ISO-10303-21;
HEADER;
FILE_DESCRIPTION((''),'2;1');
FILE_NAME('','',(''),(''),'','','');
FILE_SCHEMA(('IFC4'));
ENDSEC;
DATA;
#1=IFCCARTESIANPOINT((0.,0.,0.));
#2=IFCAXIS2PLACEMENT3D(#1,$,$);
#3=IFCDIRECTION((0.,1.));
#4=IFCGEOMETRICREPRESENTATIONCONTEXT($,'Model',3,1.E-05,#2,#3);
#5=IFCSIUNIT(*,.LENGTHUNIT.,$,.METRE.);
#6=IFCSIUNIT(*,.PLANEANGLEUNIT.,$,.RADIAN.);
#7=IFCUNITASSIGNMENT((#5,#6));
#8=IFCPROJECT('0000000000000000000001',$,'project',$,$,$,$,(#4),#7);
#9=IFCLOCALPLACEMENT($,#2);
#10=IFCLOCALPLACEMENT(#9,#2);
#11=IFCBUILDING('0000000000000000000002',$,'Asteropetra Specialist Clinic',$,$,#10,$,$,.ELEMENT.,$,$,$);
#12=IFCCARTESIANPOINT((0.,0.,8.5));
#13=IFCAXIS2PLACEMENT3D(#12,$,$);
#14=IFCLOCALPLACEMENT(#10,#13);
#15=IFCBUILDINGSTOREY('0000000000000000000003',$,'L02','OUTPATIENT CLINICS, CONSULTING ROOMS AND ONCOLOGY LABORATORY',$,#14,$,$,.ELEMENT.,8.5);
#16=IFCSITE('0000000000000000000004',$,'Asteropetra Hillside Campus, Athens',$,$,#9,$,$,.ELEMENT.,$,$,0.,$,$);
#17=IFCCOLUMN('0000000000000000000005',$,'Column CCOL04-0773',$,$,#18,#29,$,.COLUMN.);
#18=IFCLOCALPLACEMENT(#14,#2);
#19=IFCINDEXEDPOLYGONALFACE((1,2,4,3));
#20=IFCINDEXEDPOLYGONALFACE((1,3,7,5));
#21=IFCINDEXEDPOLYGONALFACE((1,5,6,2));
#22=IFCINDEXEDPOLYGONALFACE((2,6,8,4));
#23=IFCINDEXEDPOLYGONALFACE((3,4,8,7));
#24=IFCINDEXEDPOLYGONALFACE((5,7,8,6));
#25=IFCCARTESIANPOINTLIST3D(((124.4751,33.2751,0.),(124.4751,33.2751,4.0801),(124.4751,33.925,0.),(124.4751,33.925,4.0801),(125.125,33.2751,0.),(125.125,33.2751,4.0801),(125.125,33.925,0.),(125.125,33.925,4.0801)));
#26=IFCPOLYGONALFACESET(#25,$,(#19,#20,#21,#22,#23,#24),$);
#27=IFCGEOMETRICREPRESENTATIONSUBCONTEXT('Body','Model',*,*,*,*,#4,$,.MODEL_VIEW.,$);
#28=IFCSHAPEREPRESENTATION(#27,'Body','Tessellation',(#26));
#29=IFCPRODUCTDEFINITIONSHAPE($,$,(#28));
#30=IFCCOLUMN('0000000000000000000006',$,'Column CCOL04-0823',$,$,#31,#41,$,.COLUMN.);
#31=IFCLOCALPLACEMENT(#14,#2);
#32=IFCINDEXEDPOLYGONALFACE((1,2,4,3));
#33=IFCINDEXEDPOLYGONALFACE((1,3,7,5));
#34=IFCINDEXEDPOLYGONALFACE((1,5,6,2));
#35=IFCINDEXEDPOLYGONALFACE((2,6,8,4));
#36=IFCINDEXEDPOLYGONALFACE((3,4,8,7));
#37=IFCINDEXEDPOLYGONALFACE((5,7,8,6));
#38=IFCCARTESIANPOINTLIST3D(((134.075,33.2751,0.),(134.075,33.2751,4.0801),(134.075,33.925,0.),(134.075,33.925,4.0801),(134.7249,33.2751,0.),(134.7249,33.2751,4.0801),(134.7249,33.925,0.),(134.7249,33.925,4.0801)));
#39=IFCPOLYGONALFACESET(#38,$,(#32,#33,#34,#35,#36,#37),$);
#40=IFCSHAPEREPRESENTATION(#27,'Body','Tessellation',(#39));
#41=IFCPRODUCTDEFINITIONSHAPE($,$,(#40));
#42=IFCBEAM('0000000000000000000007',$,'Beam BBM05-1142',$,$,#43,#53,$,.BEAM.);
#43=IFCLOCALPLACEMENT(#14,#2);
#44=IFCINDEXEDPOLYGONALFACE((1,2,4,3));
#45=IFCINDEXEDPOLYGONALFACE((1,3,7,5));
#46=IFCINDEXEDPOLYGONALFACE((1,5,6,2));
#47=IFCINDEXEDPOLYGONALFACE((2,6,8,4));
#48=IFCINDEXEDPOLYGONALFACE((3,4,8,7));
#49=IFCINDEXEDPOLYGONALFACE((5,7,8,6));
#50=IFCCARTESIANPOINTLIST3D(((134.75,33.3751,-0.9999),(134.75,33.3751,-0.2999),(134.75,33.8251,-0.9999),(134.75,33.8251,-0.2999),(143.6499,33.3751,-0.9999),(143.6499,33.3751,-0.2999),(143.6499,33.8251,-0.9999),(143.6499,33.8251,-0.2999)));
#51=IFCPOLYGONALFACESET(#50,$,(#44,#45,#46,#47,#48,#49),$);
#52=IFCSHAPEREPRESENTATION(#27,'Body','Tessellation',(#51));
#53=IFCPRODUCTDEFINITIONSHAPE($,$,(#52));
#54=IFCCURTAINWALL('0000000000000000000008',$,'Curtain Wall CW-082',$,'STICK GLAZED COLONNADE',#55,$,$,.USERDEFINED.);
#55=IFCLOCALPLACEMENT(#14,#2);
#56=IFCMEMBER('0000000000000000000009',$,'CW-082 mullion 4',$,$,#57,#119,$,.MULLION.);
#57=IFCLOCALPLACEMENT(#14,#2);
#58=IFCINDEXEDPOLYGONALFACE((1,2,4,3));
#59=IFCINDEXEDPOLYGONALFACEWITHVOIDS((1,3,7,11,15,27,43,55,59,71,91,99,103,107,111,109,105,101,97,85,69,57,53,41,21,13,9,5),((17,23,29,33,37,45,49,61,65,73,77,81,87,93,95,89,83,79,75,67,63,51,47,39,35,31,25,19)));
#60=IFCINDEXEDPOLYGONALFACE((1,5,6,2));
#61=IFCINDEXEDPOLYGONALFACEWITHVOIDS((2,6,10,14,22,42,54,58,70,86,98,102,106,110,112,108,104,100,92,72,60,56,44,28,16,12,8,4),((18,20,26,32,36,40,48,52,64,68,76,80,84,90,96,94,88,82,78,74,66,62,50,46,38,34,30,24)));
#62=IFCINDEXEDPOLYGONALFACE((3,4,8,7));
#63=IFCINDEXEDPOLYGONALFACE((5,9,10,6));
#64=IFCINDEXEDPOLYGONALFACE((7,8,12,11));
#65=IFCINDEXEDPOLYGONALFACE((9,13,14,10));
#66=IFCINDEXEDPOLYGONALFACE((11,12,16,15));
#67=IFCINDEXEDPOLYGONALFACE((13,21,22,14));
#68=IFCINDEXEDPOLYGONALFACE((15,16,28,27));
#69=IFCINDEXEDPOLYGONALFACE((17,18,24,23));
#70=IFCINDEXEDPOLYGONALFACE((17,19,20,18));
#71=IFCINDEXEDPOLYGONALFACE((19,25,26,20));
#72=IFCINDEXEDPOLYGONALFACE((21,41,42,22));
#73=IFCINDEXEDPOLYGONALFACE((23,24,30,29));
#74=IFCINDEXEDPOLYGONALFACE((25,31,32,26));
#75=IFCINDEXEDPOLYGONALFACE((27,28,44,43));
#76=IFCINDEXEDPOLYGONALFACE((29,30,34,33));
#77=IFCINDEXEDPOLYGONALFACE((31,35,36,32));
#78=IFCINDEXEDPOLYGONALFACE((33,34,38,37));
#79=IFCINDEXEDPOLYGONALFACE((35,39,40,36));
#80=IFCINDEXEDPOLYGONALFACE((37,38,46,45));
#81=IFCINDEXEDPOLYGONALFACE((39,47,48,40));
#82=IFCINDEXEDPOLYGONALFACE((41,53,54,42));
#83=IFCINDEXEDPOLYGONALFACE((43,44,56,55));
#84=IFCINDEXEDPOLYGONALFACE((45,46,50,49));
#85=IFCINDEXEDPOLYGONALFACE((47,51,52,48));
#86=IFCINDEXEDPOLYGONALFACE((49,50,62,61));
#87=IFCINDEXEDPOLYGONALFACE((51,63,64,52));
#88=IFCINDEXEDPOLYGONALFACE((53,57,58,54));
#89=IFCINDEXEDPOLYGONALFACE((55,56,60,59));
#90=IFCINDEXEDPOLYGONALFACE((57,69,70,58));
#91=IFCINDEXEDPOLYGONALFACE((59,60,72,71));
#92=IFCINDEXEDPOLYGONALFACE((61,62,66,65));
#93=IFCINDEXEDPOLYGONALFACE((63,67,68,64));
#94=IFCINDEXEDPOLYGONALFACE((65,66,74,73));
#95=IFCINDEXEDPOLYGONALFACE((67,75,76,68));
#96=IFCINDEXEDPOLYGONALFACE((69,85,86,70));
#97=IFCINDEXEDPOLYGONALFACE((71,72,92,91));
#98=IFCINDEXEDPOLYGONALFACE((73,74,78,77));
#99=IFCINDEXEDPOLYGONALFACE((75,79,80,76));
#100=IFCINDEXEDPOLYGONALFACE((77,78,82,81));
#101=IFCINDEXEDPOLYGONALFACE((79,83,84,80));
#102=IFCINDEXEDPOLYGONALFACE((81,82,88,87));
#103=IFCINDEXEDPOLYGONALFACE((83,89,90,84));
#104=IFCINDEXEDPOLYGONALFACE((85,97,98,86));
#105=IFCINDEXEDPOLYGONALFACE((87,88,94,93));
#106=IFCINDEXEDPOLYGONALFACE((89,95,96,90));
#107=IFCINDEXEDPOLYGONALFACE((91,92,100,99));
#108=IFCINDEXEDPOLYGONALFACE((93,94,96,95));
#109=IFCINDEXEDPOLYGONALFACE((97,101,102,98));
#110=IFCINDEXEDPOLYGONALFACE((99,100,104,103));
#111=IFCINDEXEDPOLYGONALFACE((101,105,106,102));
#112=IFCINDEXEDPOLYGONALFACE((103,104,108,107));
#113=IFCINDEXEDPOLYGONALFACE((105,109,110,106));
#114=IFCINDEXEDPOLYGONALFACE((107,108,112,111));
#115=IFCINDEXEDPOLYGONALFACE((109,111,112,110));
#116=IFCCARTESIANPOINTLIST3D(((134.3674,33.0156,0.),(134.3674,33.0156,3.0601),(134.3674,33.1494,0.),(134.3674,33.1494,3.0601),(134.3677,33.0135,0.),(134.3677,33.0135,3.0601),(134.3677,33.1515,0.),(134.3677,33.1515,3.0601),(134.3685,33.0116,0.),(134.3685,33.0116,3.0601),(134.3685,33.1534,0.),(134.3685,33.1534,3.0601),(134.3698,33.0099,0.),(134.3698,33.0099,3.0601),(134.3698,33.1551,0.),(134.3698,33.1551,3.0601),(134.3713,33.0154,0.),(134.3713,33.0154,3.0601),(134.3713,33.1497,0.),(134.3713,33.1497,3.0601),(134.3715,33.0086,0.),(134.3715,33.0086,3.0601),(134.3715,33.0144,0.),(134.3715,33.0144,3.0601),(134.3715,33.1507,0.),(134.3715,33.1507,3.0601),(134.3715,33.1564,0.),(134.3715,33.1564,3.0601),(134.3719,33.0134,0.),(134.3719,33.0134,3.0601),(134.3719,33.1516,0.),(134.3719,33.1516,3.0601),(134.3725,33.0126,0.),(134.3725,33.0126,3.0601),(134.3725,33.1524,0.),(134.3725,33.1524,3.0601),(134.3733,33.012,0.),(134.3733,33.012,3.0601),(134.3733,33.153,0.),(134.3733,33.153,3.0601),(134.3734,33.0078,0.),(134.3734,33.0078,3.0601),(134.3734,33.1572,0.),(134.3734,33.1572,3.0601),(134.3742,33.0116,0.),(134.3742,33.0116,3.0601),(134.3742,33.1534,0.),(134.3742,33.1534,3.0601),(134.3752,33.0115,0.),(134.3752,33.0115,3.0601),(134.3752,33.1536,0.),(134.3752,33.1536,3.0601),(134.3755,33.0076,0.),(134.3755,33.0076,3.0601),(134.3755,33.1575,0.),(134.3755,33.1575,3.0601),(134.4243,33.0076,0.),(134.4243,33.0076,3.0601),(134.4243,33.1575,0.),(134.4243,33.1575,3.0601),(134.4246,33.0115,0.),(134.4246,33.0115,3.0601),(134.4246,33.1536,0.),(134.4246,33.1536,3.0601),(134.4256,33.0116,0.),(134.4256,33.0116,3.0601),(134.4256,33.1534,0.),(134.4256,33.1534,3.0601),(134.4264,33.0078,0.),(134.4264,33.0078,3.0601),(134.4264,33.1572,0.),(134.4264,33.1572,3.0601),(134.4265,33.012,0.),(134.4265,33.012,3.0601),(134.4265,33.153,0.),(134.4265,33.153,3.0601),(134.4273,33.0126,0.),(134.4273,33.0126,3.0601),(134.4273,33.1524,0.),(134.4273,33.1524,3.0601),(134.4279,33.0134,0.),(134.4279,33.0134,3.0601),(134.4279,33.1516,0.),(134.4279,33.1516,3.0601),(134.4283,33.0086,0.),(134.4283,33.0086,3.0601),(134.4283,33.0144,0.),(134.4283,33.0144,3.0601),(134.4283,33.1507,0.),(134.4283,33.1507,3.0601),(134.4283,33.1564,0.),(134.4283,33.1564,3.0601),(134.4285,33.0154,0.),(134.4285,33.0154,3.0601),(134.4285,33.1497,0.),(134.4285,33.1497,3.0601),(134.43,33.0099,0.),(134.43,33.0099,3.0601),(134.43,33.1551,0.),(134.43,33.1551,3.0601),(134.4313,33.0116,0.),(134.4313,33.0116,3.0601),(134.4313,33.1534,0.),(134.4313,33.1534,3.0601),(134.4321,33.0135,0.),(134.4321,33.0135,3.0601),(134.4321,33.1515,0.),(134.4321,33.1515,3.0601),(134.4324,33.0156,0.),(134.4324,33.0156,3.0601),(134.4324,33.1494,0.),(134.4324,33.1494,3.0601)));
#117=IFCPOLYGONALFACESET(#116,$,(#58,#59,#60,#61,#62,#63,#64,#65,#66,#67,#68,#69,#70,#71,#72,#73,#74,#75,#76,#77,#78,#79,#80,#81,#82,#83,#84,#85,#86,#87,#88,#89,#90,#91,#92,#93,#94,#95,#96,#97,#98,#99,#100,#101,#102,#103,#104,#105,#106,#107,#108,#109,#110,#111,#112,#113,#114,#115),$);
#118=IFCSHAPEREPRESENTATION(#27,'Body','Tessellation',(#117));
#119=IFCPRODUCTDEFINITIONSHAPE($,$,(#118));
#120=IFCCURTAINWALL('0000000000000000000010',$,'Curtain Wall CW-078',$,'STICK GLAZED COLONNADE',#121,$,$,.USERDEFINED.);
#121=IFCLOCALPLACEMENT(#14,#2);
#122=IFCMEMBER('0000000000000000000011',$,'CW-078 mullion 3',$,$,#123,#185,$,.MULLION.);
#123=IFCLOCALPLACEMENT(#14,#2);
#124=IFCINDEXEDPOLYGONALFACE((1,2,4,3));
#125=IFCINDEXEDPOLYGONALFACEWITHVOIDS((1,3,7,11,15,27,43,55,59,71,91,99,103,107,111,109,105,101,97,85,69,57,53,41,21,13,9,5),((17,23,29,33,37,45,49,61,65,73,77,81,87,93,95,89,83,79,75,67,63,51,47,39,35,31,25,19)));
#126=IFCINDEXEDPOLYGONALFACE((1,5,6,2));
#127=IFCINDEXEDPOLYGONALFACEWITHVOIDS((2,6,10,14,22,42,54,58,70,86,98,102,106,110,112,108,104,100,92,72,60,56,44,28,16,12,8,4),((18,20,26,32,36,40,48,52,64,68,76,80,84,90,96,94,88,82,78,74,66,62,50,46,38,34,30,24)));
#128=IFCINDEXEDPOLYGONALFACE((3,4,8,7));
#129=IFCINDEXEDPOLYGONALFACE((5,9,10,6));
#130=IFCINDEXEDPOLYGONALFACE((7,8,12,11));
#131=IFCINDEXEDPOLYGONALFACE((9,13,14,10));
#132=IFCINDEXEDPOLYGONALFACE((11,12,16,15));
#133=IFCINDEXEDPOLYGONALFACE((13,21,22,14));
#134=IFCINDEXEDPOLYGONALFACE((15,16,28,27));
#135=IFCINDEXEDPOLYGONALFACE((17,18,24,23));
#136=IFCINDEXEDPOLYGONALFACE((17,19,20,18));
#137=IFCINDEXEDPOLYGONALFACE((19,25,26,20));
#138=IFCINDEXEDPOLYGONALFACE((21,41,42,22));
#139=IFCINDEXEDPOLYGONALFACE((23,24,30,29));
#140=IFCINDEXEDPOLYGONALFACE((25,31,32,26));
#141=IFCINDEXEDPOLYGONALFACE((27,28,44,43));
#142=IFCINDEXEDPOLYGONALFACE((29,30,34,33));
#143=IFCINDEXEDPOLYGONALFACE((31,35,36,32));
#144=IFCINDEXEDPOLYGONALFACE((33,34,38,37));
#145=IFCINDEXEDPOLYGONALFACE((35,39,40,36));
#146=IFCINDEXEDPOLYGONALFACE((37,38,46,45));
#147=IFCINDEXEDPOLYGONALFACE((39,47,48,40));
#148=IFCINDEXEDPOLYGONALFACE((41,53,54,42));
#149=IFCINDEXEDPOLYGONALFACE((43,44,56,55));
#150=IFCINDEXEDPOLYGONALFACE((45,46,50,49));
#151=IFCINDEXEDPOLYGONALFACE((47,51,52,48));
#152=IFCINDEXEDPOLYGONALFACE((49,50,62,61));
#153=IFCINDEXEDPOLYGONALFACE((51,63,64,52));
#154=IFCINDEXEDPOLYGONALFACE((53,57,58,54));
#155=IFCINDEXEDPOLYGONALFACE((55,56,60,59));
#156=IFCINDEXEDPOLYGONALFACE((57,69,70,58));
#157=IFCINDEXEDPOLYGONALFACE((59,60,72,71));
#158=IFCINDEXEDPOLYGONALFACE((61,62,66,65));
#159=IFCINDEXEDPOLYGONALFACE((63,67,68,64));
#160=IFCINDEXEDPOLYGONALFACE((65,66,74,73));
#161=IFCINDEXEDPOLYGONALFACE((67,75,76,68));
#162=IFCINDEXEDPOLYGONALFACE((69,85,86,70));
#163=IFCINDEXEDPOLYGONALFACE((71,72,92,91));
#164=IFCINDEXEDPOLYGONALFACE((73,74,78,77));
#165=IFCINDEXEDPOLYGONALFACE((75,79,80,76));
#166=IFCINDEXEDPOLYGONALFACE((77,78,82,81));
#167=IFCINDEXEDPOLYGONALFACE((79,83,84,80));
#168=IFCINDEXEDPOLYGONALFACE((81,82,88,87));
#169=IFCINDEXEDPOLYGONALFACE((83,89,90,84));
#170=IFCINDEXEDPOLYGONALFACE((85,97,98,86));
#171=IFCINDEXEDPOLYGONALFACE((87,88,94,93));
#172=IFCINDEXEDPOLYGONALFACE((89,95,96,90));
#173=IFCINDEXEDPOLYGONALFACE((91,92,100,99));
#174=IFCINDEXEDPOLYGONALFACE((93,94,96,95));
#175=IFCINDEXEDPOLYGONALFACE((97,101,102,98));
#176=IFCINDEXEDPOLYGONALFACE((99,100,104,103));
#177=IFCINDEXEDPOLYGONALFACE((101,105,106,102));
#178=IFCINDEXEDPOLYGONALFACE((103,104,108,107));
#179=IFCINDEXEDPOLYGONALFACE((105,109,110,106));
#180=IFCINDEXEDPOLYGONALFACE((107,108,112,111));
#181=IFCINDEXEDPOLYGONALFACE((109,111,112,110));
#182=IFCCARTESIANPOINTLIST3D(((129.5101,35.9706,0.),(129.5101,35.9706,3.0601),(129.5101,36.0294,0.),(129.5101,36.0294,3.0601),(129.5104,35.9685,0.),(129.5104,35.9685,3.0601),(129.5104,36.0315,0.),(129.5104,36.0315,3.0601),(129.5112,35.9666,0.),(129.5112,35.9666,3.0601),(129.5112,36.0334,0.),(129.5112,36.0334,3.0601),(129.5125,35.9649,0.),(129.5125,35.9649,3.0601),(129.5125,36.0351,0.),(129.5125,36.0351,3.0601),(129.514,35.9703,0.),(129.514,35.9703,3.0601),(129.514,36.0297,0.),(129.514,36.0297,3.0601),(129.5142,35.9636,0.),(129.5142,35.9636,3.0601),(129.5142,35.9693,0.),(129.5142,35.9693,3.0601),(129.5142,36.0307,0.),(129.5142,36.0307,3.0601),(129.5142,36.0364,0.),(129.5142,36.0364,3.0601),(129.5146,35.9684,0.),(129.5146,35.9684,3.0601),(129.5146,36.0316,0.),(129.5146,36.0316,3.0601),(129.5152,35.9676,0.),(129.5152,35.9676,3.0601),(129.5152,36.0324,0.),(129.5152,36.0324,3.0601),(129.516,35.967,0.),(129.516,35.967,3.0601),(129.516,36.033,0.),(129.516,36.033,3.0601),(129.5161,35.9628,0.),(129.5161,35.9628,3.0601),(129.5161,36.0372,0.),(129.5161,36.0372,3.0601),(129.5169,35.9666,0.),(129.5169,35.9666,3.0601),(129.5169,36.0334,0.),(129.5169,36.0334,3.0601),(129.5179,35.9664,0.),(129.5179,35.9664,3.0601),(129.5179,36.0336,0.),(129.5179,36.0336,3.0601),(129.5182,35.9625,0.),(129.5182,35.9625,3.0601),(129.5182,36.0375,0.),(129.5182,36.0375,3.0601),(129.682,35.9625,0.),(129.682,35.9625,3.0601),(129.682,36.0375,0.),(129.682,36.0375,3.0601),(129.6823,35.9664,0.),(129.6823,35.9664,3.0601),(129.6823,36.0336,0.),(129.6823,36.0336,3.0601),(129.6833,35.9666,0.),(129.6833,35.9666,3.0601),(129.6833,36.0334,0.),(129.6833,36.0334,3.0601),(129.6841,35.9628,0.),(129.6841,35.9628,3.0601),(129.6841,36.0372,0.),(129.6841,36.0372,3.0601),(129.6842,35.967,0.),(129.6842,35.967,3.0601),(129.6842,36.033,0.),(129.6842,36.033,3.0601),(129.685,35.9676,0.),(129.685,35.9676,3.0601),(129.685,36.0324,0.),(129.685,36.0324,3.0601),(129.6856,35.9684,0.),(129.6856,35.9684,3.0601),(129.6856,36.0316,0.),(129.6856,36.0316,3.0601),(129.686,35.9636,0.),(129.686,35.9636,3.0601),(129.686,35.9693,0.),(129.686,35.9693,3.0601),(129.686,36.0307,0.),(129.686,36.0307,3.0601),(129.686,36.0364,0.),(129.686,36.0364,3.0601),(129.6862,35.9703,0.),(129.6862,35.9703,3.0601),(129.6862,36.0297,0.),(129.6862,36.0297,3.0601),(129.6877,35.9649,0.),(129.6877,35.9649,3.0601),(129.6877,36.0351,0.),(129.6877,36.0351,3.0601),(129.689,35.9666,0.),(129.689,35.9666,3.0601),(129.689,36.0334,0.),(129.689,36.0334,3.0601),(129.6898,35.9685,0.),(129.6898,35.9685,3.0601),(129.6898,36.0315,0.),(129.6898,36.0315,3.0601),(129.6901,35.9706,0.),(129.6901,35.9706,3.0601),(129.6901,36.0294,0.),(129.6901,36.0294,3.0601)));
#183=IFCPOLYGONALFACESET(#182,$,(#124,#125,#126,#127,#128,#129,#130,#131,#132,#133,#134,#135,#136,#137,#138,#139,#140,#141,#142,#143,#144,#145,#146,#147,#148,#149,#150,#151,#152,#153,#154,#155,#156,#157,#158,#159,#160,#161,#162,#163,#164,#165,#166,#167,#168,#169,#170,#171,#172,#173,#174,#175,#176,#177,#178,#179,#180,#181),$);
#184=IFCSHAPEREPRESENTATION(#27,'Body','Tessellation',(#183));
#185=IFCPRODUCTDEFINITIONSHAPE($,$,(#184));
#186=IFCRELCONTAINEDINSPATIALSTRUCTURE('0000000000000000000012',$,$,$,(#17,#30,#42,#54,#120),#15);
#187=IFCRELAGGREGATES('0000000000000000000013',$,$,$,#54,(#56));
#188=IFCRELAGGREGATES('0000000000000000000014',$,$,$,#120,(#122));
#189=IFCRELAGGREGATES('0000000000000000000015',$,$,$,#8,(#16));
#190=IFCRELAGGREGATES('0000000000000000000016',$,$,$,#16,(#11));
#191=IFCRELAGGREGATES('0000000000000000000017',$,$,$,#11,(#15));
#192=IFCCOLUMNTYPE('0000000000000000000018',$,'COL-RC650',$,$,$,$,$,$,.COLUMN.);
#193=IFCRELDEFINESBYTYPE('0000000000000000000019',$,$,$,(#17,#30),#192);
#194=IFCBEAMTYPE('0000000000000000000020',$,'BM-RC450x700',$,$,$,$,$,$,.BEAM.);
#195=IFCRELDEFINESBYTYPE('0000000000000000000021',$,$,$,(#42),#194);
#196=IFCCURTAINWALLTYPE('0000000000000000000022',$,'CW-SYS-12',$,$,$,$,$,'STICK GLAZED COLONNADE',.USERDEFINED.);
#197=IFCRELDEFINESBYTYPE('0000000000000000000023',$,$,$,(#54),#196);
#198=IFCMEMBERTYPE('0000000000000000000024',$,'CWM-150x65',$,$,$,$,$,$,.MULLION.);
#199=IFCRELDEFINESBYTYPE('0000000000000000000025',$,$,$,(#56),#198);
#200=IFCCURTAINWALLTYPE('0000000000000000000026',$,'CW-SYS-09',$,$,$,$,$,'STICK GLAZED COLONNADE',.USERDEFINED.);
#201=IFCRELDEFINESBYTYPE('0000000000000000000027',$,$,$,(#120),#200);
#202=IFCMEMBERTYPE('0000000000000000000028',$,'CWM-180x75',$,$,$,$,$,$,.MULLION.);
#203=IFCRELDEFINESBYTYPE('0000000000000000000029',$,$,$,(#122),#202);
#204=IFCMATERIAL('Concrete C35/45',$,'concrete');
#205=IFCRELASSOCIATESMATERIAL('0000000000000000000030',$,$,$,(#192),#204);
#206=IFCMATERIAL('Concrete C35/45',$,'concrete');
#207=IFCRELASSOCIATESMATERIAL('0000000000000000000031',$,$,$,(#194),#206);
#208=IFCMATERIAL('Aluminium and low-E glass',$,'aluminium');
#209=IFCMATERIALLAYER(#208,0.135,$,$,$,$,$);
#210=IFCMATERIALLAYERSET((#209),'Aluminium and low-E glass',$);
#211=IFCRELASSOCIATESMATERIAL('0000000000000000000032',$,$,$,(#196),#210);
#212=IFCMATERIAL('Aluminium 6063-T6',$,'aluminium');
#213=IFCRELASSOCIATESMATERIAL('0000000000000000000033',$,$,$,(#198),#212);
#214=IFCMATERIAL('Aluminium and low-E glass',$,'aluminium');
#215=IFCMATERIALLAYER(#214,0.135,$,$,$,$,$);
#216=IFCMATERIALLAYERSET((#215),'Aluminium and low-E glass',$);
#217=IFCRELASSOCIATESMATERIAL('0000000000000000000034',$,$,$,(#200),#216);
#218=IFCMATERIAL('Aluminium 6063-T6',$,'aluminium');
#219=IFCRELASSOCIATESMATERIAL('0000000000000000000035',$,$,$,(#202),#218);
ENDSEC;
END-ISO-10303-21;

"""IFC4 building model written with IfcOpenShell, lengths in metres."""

from ifc_helpers import new_model, si_unit, direction, frame, origin, origin_2d, place, context, subcontext, project, spatial, rectangle, hollow_rectangle, extrude, material, layer, layer_set, material_profile, profile_set, type_object, element, aggregate, save


model = new_model("IFC4")

# Units and contexts
model_context = context("Model", 3, precision=1e-05, world=origin(), true_north=direction((0.0, 1.0)))
body_context = subcontext(model_context, "Body", "Model", "MODEL_VIEW")
ifc_project = project(units=[si_unit("LENGTHUNIT", "METRE"), si_unit("PLANEANGLEUNIT", "RADIAN")], contexts=[model_context])

# Site, building, storey
site_placement = place(None, origin())
site = spatial("IfcSite", under=ifc_project, at=site_placement, Name="Asteropetra Hillside Campus, Athens", CompositionType="ELEMENT", RefElevation=0.0)
building_placement = place(site_placement, origin())
building = spatial("IfcBuilding", under=site, at=building_placement, Name="Asteropetra Specialist Clinic", CompositionType="ELEMENT")
storey_placement = place(building_placement, frame((0.0, 0.0, 8.5)))
storey = spatial("IfcBuildingStorey", under=building, at=storey_placement, Name="L02", Description="OUTPATIENT CLINICS, CONSULTING ROOMS AND ONCOLOGY LABORATORY", CompositionType="ELEMENT", Elevation=8.5)

# Columns
ifc_material_1 = material(Name="Concrete C35/45", Category="concrete")
ifc_material_profile_1 = material_profile(ifc_material_1, rectangle(XDim=0.6499, YDim=0.6499, at=origin_2d()), Name="RC 650x650")
ifc_profile_set_1 = profile_set([ifc_material_profile_1], Name="Concrete C35/45")
column_type = type_object("IfcColumnType", Name="COL-RC650", PredefinedType="COLUMN", material=ifc_profile_set_1)
for number, where, z_axis, x_axis, name in (
    (1, (124.8, 33.6001, 0.0), (0.0, 0.0, 1.0), (1.0, 0.0, 0.0), "Column CCOL04-0773"),
    (2, (134.3999, 33.6001, 0.0), (0.0, 0.0, 1.0), (1.0, 0.0, 0.0), "Column CCOL04-0823"),
):
    element("IfcColumn", number, at=place(storey_placement, frame(where, z_axis=z_axis, x_axis=x_axis)), inside=storey, type_object=column_type, Name=name, PredefinedType="COLUMN", context=body_context, shape_type="SweptSolid", body=[
        extrude(rectangle(XDim=0.6499, YDim=0.6499, at=origin_2d()), origin(), (0.0, 0.0, 1.0), 4.0801),
    ])

# Beam
ifc_material_2 = material(Name="Concrete C35/45", Category="concrete")
ifc_material_profile_2 = material_profile(ifc_material_2, rectangle(XDim=0.45, YDim=0.7, at=origin_2d()), Name="RCB 450x700")
ifc_profile_set_2 = profile_set([ifc_material_profile_2], Name="Concrete C35/45")
beam_type_1 = type_object("IfcBeamType", Name="BM-RC450x700", PredefinedType="BEAM", material=ifc_profile_set_2)
beam_1_placement = place(storey_placement, frame((134.75, 33.6001, -0.6499), z_axis=(1.0, 0.0, 0.0), x_axis=(0.0, 1.0, 0.0)))
element("IfcBeam", 3, at=beam_1_placement, inside=storey, type_object=beam_type_1, Name="Beam BBM05-1142", PredefinedType="BEAM", context=body_context, shape_type="SweptSolid", body=[
    extrude(rectangle(XDim=0.45, YDim=0.7, at=origin_2d()), origin(), (0.0, 0.0, 1.0), 8.8999),
])

# Curtain wall, member
ifc_material_3 = material(Name="Aluminium and low-E glass", Category="aluminium")
ifc_layer_1 = layer(ifc_material_3, 0.135)
ifc_layer_set_1 = layer_set([ifc_layer_1], Name="Aluminium and low-E glass")
curtain_wall_type_1 = type_object("IfcCurtainWallType", Name="CW-SYS-12", ElementType="STICK GLAZED COLONNADE", PredefinedType="USERDEFINED", material=ifc_layer_set_1)
curtain_wall_1_placement = place(storey_placement, origin())
curtain_wall_1 = element("IfcCurtainWall", 4, at=curtain_wall_1_placement, inside=storey, type_object=curtain_wall_type_1, Name="Curtain Wall CW-082", ObjectType="STICK GLAZED COLONNADE", PredefinedType="USERDEFINED")
ifc_material_4 = material(Name="Aluminium 6063-T6", Category="aluminium")
ifc_material_profile_3 = material_profile(ifc_material_4, hollow_rectangle(XDim=0.0649, YDim=0.1499, WallThickness=0.0039, InnerFilletRadius=0.0039, OuterFilletRadius=0.0081, at=origin_2d()), Name="MUL 150x65x4.0")
ifc_profile_set_3 = profile_set([ifc_material_profile_3], Name="Aluminium 6063-T6")
member_type_1 = type_object("IfcMemberType", Name="CWM-150x65", PredefinedType="MULLION", material=ifc_profile_set_3)
member_1_placement = place(storey_placement, frame((134.3999, 33.0825, 0.0), z_axis=(0.0, 0.0, 1.0), x_axis=(-1.0, 0.0, 0.0)))
member_1 = element("IfcMember", 5, at=member_1_placement, type_object=member_type_1, Name="CW-082 mullion 4", PredefinedType="MULLION", context=body_context, shape_type="SweptSolid", body=[
    extrude(hollow_rectangle(XDim=0.0649, YDim=0.1499, WallThickness=0.0039, InnerFilletRadius=0.0039, OuterFilletRadius=0.0081, at=origin_2d()), origin(), (0.0, 0.0, 1.0), 3.0601),
])
aggregate(curtain_wall_1, [member_1])

# Curtain wall, member
ifc_material_5 = material(Name="Aluminium and low-E glass", Category="aluminium")
ifc_layer_2 = layer(ifc_material_5, 0.135)
ifc_layer_set_2 = layer_set([ifc_layer_2], Name="Aluminium and low-E glass")
curtain_wall_type_2 = type_object("IfcCurtainWallType", Name="CW-SYS-09", ElementType="STICK GLAZED COLONNADE", PredefinedType="USERDEFINED", material=ifc_layer_set_2)
curtain_wall_2_placement = place(storey_placement, origin())
curtain_wall_2 = element("IfcCurtainWall", 6, at=curtain_wall_2_placement, inside=storey, type_object=curtain_wall_type_2, Name="Curtain Wall CW-078", ObjectType="STICK GLAZED COLONNADE", PredefinedType="USERDEFINED")
ifc_material_6 = material(Name="Aluminium 6063-T6", Category="aluminium")
ifc_material_profile_4 = material_profile(ifc_material_6, hollow_rectangle(XDim=0.075, YDim=0.1799, WallThickness=0.0039, InnerFilletRadius=0.0039, OuterFilletRadius=0.0081, at=origin_2d()), Name="MUL 180x75x4.0")
ifc_profile_set_4 = profile_set([ifc_material_profile_4], Name="Aluminium 6063-T6")
member_type_2 = type_object("IfcMemberType", Name="CWM-180x75", PredefinedType="MULLION", material=ifc_profile_set_4)
member_2_placement = place(storey_placement, frame((129.6001, 36.0, 0.0), z_axis=(0.0, 0.0, 1.0), x_axis=(0.0, -1.0, 0.0)))
member_2 = element("IfcMember", 7, at=member_2_placement, type_object=member_type_2, Name="CW-078 mullion 3", PredefinedType="MULLION", context=body_context, shape_type="SweptSolid", body=[
    extrude(hollow_rectangle(XDim=0.075, YDim=0.1799, WallThickness=0.0039, InnerFilletRadius=0.0039, OuterFilletRadius=0.0081, at=origin_2d()), origin(), (0.0, 0.0, 1.0), 3.0601),
])

aggregate(curtain_wall_2, [member_2])

save(model, "model.ifc")
